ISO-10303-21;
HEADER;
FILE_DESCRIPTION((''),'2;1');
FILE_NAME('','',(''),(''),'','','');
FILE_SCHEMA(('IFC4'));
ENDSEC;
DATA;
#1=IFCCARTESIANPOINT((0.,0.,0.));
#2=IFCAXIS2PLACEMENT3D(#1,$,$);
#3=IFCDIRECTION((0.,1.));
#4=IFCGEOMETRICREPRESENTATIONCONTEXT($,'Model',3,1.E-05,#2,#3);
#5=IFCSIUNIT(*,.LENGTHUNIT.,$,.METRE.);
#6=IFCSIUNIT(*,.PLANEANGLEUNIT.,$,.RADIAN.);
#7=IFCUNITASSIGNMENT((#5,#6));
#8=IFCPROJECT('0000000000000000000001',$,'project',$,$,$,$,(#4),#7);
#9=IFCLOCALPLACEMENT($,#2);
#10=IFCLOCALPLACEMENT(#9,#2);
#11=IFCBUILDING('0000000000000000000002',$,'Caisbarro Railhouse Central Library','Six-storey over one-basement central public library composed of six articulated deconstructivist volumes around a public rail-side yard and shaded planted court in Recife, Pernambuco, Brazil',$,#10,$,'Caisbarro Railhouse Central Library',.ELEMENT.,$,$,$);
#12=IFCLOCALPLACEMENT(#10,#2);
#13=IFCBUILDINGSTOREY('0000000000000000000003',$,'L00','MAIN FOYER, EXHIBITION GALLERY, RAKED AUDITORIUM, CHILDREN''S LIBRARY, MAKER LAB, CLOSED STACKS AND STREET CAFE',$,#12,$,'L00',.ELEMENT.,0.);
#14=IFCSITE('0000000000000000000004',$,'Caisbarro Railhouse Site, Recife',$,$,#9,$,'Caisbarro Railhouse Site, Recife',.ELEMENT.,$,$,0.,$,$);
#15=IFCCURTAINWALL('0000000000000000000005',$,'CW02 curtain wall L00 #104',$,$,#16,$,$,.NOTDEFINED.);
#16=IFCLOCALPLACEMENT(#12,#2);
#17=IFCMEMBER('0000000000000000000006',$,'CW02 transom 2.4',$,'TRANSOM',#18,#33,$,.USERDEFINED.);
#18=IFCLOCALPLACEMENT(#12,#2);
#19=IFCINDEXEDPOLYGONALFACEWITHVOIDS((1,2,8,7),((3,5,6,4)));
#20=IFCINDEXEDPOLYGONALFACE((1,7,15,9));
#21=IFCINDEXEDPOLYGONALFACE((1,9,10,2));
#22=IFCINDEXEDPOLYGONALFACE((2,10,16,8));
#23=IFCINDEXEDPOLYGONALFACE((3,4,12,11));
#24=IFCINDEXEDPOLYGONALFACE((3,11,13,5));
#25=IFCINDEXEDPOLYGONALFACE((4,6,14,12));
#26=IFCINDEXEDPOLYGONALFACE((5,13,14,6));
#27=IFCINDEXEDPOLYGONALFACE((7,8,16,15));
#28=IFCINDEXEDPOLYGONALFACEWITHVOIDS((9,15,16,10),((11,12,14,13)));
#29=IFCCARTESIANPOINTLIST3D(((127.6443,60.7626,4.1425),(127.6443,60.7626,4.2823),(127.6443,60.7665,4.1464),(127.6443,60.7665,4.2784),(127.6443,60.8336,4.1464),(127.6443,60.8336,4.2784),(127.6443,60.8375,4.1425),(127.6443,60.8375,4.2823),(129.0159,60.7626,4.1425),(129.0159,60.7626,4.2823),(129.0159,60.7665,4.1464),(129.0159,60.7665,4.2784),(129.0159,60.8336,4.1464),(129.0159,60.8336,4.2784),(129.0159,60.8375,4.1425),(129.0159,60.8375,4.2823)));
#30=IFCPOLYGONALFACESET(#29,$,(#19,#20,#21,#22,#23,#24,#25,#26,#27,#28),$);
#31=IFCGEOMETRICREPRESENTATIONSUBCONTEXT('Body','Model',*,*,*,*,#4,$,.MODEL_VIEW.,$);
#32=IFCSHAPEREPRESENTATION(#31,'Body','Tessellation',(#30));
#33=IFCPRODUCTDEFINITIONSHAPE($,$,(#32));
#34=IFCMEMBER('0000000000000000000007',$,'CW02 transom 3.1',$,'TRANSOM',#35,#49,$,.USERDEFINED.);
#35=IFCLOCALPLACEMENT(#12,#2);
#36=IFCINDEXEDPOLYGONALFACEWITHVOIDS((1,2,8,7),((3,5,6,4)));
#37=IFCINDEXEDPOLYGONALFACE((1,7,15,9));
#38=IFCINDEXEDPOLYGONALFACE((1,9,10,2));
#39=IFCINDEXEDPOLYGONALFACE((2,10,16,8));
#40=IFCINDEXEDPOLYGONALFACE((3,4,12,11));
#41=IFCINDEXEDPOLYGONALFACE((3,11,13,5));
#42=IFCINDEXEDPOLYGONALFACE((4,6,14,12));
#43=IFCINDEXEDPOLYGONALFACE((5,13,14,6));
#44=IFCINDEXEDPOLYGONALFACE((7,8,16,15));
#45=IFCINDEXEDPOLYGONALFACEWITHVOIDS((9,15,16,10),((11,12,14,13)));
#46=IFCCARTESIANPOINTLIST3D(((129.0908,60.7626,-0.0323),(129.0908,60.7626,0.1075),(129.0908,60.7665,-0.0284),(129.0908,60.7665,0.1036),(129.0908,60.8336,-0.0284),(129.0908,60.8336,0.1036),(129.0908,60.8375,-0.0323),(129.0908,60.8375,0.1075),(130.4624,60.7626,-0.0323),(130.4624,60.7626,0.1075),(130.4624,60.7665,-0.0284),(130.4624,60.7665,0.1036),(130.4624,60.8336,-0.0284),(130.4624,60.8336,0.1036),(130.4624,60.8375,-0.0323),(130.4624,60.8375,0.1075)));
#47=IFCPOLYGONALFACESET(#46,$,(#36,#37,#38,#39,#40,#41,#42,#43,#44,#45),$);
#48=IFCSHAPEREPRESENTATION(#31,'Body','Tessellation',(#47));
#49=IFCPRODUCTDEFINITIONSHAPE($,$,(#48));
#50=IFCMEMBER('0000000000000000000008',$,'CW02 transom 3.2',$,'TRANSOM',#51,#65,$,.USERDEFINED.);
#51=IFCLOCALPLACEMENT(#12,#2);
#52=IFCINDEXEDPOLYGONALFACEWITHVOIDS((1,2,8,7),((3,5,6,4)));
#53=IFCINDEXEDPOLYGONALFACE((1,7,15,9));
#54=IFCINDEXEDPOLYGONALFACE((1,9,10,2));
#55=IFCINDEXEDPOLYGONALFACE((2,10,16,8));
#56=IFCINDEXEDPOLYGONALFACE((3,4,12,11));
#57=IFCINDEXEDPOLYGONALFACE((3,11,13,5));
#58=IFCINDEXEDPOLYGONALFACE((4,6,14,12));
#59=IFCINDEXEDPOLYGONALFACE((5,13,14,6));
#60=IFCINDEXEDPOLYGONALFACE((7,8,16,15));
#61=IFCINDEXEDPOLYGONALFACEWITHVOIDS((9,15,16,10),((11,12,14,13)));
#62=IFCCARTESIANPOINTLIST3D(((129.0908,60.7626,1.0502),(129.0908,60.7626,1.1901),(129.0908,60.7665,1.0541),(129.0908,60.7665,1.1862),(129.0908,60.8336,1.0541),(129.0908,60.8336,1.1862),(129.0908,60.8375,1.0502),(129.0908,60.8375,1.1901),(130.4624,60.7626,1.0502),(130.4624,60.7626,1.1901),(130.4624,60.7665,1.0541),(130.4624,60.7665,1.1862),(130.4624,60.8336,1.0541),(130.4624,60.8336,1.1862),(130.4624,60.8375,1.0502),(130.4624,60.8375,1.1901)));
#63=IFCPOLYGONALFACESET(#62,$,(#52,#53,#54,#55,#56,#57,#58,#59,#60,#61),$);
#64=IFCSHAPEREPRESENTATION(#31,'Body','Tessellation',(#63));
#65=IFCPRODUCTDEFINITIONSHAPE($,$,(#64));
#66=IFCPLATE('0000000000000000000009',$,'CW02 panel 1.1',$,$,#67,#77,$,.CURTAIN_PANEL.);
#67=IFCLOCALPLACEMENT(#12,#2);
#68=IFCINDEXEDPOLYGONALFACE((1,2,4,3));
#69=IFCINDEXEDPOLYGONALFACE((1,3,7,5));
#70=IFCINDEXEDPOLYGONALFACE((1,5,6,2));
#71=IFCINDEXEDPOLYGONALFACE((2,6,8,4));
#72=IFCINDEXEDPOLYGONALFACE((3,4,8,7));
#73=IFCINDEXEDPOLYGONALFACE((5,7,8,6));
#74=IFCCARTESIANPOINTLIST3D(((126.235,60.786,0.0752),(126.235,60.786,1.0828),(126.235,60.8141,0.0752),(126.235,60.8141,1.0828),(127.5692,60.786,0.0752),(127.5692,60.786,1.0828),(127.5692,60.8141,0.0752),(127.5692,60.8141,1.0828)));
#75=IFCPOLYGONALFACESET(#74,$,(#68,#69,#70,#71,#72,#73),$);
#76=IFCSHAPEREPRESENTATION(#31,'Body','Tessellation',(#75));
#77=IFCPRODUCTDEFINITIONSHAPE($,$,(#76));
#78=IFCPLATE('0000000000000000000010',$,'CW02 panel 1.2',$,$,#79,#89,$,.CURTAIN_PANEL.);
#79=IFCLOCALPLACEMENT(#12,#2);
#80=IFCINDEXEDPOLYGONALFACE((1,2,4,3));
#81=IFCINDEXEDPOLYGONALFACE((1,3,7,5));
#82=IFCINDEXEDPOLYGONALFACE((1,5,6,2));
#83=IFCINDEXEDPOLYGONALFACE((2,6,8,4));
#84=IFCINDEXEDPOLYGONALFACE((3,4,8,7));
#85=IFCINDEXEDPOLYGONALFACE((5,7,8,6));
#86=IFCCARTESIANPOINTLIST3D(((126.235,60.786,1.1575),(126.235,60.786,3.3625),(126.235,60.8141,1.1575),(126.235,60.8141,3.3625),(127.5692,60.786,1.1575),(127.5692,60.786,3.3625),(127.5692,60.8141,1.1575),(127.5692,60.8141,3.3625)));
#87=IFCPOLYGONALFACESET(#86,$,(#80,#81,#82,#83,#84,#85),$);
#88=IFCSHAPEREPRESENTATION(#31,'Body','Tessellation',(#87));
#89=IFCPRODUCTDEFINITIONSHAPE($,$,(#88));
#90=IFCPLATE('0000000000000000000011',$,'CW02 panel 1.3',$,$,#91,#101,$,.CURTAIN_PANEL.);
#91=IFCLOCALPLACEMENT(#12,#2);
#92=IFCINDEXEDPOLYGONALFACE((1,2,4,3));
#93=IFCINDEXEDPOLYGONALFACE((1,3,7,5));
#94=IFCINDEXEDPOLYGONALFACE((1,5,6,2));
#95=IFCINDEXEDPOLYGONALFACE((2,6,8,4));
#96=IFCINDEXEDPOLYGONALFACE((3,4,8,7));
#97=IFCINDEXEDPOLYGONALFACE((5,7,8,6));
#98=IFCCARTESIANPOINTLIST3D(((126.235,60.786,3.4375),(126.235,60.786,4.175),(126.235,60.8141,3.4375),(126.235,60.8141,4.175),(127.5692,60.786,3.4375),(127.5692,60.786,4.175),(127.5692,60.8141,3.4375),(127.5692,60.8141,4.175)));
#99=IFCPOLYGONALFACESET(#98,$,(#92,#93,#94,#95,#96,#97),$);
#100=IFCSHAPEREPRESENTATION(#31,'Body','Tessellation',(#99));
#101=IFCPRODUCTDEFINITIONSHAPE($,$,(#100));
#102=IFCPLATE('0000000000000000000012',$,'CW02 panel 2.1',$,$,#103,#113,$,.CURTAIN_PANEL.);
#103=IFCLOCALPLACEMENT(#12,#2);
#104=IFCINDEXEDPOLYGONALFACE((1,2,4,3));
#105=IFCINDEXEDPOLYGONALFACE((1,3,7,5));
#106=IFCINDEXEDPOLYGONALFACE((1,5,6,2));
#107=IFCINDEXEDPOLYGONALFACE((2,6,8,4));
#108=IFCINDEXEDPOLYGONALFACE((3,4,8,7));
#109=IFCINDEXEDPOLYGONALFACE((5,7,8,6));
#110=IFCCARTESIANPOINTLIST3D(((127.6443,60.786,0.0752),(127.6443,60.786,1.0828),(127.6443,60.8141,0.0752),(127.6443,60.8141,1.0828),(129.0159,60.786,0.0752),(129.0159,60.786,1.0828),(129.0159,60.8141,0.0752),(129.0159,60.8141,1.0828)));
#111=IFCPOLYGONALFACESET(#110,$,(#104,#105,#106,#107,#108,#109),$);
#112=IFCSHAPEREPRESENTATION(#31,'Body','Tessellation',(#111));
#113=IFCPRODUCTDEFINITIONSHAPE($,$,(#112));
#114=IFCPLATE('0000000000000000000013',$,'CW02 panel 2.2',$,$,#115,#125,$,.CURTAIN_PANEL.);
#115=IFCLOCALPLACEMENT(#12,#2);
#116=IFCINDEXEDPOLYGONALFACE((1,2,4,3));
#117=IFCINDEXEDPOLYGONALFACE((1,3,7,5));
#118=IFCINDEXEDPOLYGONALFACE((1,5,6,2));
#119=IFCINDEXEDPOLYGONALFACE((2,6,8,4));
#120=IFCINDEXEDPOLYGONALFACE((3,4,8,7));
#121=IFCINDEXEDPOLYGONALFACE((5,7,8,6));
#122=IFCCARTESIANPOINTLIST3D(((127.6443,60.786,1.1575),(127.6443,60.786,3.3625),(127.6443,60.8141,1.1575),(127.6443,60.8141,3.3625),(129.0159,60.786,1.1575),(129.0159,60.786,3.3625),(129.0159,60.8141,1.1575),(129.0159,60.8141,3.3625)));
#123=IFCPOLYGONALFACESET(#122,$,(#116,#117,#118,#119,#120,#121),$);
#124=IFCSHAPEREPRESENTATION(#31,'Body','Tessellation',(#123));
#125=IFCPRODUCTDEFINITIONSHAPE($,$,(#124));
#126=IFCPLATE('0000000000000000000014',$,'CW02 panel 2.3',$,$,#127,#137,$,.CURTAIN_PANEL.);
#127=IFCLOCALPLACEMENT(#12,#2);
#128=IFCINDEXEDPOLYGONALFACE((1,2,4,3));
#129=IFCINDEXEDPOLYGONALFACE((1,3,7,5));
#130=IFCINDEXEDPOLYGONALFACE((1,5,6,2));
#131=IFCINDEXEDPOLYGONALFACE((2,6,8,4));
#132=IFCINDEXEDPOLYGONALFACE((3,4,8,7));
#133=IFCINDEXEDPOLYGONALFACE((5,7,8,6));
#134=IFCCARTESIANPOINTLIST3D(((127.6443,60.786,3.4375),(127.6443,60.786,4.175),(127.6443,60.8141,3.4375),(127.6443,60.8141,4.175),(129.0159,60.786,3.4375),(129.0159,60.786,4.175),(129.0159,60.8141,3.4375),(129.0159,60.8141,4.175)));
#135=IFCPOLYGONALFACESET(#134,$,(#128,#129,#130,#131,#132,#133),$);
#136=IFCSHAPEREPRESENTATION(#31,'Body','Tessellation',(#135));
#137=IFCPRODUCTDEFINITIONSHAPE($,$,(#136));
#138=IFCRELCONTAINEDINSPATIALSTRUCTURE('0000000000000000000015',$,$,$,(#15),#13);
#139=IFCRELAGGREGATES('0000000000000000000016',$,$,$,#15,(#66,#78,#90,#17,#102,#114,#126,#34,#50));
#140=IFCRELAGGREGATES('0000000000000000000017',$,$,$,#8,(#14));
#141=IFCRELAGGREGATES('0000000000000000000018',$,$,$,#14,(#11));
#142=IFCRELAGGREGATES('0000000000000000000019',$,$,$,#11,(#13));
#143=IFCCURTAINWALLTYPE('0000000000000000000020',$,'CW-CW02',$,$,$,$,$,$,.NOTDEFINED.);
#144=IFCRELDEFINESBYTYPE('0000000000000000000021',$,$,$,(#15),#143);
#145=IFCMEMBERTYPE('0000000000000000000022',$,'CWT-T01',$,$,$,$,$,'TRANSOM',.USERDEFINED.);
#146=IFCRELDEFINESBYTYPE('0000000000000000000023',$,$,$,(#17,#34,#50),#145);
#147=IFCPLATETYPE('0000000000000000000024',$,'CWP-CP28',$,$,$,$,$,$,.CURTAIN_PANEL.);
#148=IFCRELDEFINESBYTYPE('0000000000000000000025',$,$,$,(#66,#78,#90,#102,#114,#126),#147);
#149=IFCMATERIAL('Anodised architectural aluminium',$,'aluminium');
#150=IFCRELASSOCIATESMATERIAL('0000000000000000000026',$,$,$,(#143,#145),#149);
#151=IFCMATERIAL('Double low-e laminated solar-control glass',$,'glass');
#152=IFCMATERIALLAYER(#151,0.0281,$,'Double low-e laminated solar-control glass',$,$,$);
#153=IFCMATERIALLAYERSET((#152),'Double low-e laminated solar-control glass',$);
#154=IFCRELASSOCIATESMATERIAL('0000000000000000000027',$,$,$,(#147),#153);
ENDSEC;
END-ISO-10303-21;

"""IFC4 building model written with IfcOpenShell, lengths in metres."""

from ifc_helpers import new_model, si_unit, direction, frame, origin, origin_2d, place, context, subcontext, project, spatial, rectangle, hollow_rectangle, extrude, material, layer, layer_set, material_profile, profile_set, type_object, element, aggregate, save


model = new_model("IFC4")

# Units and contexts
model_context = context("Model", 3, precision=1e-05, world=origin(), true_north=direction((0.0, 1.0)))
body_context = subcontext(model_context, "Body", "Model", "MODEL_VIEW")
ifc_project = project(units=[si_unit("LENGTHUNIT", "METRE"), si_unit("PLANEANGLEUNIT", "RADIAN")], contexts=[model_context])

# Site, building, storey
site_placement = place(None, origin())
site = spatial("IfcSite", under=ifc_project, at=site_placement, Name="Caisbarro Railhouse Site, Recife", LongName="Caisbarro Railhouse Site, Recife", CompositionType="ELEMENT", RefElevation=0.0)
building_placement = place(site_placement, origin())
building = spatial("IfcBuilding", under=site, at=building_placement, Name="Caisbarro Railhouse Central Library", Description="Six-storey over one-basement central public library composed of six articulated deconstructivist volumes around a public rail-side yard and shaded planted court in Recife, Pernambuco, Brazil", LongName="Caisbarro Railhouse Central Library", CompositionType="ELEMENT")
storey_placement = place(building_placement, origin())
storey = spatial("IfcBuildingStorey", under=building, at=storey_placement, Name="L00", Description="MAIN FOYER, EXHIBITION GALLERY, RAKED AUDITORIUM, CHILDREN'S LIBRARY, MAKER LAB, CLOSED STACKS AND STREET CAFE", LongName="L00", CompositionType="ELEMENT", Elevation=0.0)

# Shared definitions
ifc_material_1 = material(Name="Anodised architectural aluminium", Category="aluminium")
curtain_wall_type = type_object("IfcCurtainWallType", Name="CW-CW02", PredefinedType="NOTDEFINED", material=ifc_material_1)

# Curtain wall, members, plates
curtain_wall_1_placement = place(storey_placement, origin())
curtain_wall_1 = element("IfcCurtainWall", 1, at=curtain_wall_1_placement, inside=storey, type_object=curtain_wall_type, Name="CW02 curtain wall L00 #104", PredefinedType="NOTDEFINED")
ifc_material_profile_1 = material_profile(ifc_material_1, hollow_rectangle(XDim=0.075, YDim=0.1399, WallThickness=0.0039, at=origin_2d()), Name="ALU-TRN-75X140")
ifc_profile_set_1 = profile_set([ifc_material_profile_1], Name="Anodised architectural aluminium")
member_type_1 = type_object("IfcMemberType", Name="CWT-T01", ElementType="TRANSOM", PredefinedType="USERDEFINED", material=ifc_profile_set_1)
member_1_placement = place(storey_placement, frame((127.6443, 60.8, 4.2124), z_axis=(1.0, 0.0, 0.0), x_axis=(0.0, 1.0, 0.0)))
member_1 = element("IfcMember", 2, at=member_1_placement, type_object=member_type_1, Name="CW02 transom 2.4", ObjectType="TRANSOM", PredefinedType="USERDEFINED", context=body_context, shape_type="SweptSolid", body=[
    extrude(hollow_rectangle(XDim=0.075, YDim=0.1399, WallThickness=0.0039, at=origin_2d()), origin(), (0.0, 0.0, 1.0), 1.3716),
])
member_2_placement = place(storey_placement, frame((129.0908, 60.8, 0.0376), z_axis=(1.0, 0.0, 0.0), x_axis=(0.0, 1.0, 0.0)))
member_2 = element("IfcMember", 3, at=member_2_placement, type_object=member_type_1, Name="CW02 transom 3.1", ObjectType="TRANSOM", PredefinedType="USERDEFINED", context=body_context, shape_type="SweptSolid", body=[
    extrude(hollow_rectangle(XDim=0.075, YDim=0.1399, WallThickness=0.0039, at=origin_2d()), origin(), (0.0, 0.0, 1.0), 1.3716),
])
member_3_placement = place(storey_placement, frame((129.0908, 60.8, 1.1201), z_axis=(1.0, 0.0, 0.0), x_axis=(0.0, 1.0, 0.0)))
member_3 = element("IfcMember", 4, at=member_3_placement, type_object=member_type_1, Name="CW02 transom 3.2", ObjectType="TRANSOM", PredefinedType="USERDEFINED", context=body_context, shape_type="SweptSolid", body=[
    extrude(hollow_rectangle(XDim=0.075, YDim=0.1399, WallThickness=0.0039, at=origin_2d()), origin(), (0.0, 0.0, 1.0), 1.3716),
])
ifc_material_2 = material(Name="Double low-e laminated solar-control glass", Category="glass")
ifc_layer = layer(ifc_material_2, 0.0281, Name="Double low-e laminated solar-control glass")
ifc_layer_set = layer_set([ifc_layer], Name="Double low-e laminated solar-control glass")
plate_type = type_object("IfcPlateType", Name="CWP-CP28", PredefinedType="CURTAIN_PANEL", material=ifc_layer_set)
plate_1_placement = place(storey_placement, frame((126.9021, 60.8, 0.0752), z_axis=(0.0, 0.0, 1.0), x_axis=(1.0, 0.0, 0.0)))
plate_1 = element("IfcPlate", 5, at=plate_1_placement, type_object=plate_type, Name="CW02 panel 1.1", PredefinedType="CURTAIN_PANEL", context=body_context, shape_type="SweptSolid", body=[
    extrude(rectangle(XDim=1.3342, YDim=0.0281, at=origin_2d()), origin(), (0.0, 0.0, 1.0), 1.0076),
])
plate_2_placement = place(storey_placement, frame((126.9021, 60.8, 1.1575), z_axis=(0.0, 0.0, 1.0), x_axis=(1.0, 0.0, 0.0)))
plate_2 = element("IfcPlate", 6, at=plate_2_placement, type_object=plate_type, Name="CW02 panel 1.2", PredefinedType="CURTAIN_PANEL", context=body_context, shape_type="SweptSolid", body=[
    extrude(rectangle(XDim=1.3342, YDim=0.0281, at=origin_2d()), origin(), (0.0, 0.0, 1.0), 2.2051),
])
plate_3_placement = place(storey_placement, frame((126.9021, 60.8, 3.4375), z_axis=(0.0, 0.0, 1.0), x_axis=(1.0, 0.0, 0.0)))
plate_3 = element("IfcPlate", 7, at=plate_3_placement, type_object=plate_type, Name="CW02 panel 1.3", PredefinedType="CURTAIN_PANEL", context=body_context, shape_type="SweptSolid", body=[
    extrude(rectangle(XDim=1.3342, YDim=0.0281, at=origin_2d()), origin(), (0.0, 0.0, 1.0), 0.7375),
])
plate_4_placement = place(storey_placement, frame((128.3301, 60.8, 0.0752), z_axis=(0.0, 0.0, 1.0), x_axis=(1.0, 0.0, 0.0)))
plate_4 = element("IfcPlate", 8, at=plate_4_placement, type_object=plate_type, Name="CW02 panel 2.1", PredefinedType="CURTAIN_PANEL", context=body_context, shape_type="SweptSolid", body=[
    extrude(rectangle(XDim=1.3716, YDim=0.0281, at=origin_2d()), origin(), (0.0, 0.0, 1.0), 1.0076),
])
plate_5_placement = place(storey_placement, frame((128.3301, 60.8, 1.1575), z_axis=(0.0, 0.0, 1.0), x_axis=(1.0, 0.0, 0.0)))
plate_5 = element("IfcPlate", 9, at=plate_5_placement, type_object=plate_type, Name="CW02 panel 2.2", PredefinedType="CURTAIN_PANEL", context=body_context, shape_type="SweptSolid", body=[
    extrude(rectangle(XDim=1.3716, YDim=0.0281, at=origin_2d()), origin(), (0.0, 0.0, 1.0), 2.2051),
])
plate_6_placement = place(storey_placement, frame((128.3301, 60.8, 3.4375), z_axis=(0.0, 0.0, 1.0), x_axis=(1.0, 0.0, 0.0)))
plate_6 = element("IfcPlate", 10, at=plate_6_placement, type_object=plate_type, Name="CW02 panel 2.3", PredefinedType="CURTAIN_PANEL", context=body_context, shape_type="SweptSolid", body=[
    extrude(rectangle(XDim=1.3716, YDim=0.0281, at=origin_2d()), origin(), (0.0, 0.0, 1.0), 0.7375),
])
aggregate(curtain_wall_1, [plate_1, plate_2, plate_3, member_1, plate_4, plate_5, plate_6, member_2, member_3])

save(model, "model.ifc")
